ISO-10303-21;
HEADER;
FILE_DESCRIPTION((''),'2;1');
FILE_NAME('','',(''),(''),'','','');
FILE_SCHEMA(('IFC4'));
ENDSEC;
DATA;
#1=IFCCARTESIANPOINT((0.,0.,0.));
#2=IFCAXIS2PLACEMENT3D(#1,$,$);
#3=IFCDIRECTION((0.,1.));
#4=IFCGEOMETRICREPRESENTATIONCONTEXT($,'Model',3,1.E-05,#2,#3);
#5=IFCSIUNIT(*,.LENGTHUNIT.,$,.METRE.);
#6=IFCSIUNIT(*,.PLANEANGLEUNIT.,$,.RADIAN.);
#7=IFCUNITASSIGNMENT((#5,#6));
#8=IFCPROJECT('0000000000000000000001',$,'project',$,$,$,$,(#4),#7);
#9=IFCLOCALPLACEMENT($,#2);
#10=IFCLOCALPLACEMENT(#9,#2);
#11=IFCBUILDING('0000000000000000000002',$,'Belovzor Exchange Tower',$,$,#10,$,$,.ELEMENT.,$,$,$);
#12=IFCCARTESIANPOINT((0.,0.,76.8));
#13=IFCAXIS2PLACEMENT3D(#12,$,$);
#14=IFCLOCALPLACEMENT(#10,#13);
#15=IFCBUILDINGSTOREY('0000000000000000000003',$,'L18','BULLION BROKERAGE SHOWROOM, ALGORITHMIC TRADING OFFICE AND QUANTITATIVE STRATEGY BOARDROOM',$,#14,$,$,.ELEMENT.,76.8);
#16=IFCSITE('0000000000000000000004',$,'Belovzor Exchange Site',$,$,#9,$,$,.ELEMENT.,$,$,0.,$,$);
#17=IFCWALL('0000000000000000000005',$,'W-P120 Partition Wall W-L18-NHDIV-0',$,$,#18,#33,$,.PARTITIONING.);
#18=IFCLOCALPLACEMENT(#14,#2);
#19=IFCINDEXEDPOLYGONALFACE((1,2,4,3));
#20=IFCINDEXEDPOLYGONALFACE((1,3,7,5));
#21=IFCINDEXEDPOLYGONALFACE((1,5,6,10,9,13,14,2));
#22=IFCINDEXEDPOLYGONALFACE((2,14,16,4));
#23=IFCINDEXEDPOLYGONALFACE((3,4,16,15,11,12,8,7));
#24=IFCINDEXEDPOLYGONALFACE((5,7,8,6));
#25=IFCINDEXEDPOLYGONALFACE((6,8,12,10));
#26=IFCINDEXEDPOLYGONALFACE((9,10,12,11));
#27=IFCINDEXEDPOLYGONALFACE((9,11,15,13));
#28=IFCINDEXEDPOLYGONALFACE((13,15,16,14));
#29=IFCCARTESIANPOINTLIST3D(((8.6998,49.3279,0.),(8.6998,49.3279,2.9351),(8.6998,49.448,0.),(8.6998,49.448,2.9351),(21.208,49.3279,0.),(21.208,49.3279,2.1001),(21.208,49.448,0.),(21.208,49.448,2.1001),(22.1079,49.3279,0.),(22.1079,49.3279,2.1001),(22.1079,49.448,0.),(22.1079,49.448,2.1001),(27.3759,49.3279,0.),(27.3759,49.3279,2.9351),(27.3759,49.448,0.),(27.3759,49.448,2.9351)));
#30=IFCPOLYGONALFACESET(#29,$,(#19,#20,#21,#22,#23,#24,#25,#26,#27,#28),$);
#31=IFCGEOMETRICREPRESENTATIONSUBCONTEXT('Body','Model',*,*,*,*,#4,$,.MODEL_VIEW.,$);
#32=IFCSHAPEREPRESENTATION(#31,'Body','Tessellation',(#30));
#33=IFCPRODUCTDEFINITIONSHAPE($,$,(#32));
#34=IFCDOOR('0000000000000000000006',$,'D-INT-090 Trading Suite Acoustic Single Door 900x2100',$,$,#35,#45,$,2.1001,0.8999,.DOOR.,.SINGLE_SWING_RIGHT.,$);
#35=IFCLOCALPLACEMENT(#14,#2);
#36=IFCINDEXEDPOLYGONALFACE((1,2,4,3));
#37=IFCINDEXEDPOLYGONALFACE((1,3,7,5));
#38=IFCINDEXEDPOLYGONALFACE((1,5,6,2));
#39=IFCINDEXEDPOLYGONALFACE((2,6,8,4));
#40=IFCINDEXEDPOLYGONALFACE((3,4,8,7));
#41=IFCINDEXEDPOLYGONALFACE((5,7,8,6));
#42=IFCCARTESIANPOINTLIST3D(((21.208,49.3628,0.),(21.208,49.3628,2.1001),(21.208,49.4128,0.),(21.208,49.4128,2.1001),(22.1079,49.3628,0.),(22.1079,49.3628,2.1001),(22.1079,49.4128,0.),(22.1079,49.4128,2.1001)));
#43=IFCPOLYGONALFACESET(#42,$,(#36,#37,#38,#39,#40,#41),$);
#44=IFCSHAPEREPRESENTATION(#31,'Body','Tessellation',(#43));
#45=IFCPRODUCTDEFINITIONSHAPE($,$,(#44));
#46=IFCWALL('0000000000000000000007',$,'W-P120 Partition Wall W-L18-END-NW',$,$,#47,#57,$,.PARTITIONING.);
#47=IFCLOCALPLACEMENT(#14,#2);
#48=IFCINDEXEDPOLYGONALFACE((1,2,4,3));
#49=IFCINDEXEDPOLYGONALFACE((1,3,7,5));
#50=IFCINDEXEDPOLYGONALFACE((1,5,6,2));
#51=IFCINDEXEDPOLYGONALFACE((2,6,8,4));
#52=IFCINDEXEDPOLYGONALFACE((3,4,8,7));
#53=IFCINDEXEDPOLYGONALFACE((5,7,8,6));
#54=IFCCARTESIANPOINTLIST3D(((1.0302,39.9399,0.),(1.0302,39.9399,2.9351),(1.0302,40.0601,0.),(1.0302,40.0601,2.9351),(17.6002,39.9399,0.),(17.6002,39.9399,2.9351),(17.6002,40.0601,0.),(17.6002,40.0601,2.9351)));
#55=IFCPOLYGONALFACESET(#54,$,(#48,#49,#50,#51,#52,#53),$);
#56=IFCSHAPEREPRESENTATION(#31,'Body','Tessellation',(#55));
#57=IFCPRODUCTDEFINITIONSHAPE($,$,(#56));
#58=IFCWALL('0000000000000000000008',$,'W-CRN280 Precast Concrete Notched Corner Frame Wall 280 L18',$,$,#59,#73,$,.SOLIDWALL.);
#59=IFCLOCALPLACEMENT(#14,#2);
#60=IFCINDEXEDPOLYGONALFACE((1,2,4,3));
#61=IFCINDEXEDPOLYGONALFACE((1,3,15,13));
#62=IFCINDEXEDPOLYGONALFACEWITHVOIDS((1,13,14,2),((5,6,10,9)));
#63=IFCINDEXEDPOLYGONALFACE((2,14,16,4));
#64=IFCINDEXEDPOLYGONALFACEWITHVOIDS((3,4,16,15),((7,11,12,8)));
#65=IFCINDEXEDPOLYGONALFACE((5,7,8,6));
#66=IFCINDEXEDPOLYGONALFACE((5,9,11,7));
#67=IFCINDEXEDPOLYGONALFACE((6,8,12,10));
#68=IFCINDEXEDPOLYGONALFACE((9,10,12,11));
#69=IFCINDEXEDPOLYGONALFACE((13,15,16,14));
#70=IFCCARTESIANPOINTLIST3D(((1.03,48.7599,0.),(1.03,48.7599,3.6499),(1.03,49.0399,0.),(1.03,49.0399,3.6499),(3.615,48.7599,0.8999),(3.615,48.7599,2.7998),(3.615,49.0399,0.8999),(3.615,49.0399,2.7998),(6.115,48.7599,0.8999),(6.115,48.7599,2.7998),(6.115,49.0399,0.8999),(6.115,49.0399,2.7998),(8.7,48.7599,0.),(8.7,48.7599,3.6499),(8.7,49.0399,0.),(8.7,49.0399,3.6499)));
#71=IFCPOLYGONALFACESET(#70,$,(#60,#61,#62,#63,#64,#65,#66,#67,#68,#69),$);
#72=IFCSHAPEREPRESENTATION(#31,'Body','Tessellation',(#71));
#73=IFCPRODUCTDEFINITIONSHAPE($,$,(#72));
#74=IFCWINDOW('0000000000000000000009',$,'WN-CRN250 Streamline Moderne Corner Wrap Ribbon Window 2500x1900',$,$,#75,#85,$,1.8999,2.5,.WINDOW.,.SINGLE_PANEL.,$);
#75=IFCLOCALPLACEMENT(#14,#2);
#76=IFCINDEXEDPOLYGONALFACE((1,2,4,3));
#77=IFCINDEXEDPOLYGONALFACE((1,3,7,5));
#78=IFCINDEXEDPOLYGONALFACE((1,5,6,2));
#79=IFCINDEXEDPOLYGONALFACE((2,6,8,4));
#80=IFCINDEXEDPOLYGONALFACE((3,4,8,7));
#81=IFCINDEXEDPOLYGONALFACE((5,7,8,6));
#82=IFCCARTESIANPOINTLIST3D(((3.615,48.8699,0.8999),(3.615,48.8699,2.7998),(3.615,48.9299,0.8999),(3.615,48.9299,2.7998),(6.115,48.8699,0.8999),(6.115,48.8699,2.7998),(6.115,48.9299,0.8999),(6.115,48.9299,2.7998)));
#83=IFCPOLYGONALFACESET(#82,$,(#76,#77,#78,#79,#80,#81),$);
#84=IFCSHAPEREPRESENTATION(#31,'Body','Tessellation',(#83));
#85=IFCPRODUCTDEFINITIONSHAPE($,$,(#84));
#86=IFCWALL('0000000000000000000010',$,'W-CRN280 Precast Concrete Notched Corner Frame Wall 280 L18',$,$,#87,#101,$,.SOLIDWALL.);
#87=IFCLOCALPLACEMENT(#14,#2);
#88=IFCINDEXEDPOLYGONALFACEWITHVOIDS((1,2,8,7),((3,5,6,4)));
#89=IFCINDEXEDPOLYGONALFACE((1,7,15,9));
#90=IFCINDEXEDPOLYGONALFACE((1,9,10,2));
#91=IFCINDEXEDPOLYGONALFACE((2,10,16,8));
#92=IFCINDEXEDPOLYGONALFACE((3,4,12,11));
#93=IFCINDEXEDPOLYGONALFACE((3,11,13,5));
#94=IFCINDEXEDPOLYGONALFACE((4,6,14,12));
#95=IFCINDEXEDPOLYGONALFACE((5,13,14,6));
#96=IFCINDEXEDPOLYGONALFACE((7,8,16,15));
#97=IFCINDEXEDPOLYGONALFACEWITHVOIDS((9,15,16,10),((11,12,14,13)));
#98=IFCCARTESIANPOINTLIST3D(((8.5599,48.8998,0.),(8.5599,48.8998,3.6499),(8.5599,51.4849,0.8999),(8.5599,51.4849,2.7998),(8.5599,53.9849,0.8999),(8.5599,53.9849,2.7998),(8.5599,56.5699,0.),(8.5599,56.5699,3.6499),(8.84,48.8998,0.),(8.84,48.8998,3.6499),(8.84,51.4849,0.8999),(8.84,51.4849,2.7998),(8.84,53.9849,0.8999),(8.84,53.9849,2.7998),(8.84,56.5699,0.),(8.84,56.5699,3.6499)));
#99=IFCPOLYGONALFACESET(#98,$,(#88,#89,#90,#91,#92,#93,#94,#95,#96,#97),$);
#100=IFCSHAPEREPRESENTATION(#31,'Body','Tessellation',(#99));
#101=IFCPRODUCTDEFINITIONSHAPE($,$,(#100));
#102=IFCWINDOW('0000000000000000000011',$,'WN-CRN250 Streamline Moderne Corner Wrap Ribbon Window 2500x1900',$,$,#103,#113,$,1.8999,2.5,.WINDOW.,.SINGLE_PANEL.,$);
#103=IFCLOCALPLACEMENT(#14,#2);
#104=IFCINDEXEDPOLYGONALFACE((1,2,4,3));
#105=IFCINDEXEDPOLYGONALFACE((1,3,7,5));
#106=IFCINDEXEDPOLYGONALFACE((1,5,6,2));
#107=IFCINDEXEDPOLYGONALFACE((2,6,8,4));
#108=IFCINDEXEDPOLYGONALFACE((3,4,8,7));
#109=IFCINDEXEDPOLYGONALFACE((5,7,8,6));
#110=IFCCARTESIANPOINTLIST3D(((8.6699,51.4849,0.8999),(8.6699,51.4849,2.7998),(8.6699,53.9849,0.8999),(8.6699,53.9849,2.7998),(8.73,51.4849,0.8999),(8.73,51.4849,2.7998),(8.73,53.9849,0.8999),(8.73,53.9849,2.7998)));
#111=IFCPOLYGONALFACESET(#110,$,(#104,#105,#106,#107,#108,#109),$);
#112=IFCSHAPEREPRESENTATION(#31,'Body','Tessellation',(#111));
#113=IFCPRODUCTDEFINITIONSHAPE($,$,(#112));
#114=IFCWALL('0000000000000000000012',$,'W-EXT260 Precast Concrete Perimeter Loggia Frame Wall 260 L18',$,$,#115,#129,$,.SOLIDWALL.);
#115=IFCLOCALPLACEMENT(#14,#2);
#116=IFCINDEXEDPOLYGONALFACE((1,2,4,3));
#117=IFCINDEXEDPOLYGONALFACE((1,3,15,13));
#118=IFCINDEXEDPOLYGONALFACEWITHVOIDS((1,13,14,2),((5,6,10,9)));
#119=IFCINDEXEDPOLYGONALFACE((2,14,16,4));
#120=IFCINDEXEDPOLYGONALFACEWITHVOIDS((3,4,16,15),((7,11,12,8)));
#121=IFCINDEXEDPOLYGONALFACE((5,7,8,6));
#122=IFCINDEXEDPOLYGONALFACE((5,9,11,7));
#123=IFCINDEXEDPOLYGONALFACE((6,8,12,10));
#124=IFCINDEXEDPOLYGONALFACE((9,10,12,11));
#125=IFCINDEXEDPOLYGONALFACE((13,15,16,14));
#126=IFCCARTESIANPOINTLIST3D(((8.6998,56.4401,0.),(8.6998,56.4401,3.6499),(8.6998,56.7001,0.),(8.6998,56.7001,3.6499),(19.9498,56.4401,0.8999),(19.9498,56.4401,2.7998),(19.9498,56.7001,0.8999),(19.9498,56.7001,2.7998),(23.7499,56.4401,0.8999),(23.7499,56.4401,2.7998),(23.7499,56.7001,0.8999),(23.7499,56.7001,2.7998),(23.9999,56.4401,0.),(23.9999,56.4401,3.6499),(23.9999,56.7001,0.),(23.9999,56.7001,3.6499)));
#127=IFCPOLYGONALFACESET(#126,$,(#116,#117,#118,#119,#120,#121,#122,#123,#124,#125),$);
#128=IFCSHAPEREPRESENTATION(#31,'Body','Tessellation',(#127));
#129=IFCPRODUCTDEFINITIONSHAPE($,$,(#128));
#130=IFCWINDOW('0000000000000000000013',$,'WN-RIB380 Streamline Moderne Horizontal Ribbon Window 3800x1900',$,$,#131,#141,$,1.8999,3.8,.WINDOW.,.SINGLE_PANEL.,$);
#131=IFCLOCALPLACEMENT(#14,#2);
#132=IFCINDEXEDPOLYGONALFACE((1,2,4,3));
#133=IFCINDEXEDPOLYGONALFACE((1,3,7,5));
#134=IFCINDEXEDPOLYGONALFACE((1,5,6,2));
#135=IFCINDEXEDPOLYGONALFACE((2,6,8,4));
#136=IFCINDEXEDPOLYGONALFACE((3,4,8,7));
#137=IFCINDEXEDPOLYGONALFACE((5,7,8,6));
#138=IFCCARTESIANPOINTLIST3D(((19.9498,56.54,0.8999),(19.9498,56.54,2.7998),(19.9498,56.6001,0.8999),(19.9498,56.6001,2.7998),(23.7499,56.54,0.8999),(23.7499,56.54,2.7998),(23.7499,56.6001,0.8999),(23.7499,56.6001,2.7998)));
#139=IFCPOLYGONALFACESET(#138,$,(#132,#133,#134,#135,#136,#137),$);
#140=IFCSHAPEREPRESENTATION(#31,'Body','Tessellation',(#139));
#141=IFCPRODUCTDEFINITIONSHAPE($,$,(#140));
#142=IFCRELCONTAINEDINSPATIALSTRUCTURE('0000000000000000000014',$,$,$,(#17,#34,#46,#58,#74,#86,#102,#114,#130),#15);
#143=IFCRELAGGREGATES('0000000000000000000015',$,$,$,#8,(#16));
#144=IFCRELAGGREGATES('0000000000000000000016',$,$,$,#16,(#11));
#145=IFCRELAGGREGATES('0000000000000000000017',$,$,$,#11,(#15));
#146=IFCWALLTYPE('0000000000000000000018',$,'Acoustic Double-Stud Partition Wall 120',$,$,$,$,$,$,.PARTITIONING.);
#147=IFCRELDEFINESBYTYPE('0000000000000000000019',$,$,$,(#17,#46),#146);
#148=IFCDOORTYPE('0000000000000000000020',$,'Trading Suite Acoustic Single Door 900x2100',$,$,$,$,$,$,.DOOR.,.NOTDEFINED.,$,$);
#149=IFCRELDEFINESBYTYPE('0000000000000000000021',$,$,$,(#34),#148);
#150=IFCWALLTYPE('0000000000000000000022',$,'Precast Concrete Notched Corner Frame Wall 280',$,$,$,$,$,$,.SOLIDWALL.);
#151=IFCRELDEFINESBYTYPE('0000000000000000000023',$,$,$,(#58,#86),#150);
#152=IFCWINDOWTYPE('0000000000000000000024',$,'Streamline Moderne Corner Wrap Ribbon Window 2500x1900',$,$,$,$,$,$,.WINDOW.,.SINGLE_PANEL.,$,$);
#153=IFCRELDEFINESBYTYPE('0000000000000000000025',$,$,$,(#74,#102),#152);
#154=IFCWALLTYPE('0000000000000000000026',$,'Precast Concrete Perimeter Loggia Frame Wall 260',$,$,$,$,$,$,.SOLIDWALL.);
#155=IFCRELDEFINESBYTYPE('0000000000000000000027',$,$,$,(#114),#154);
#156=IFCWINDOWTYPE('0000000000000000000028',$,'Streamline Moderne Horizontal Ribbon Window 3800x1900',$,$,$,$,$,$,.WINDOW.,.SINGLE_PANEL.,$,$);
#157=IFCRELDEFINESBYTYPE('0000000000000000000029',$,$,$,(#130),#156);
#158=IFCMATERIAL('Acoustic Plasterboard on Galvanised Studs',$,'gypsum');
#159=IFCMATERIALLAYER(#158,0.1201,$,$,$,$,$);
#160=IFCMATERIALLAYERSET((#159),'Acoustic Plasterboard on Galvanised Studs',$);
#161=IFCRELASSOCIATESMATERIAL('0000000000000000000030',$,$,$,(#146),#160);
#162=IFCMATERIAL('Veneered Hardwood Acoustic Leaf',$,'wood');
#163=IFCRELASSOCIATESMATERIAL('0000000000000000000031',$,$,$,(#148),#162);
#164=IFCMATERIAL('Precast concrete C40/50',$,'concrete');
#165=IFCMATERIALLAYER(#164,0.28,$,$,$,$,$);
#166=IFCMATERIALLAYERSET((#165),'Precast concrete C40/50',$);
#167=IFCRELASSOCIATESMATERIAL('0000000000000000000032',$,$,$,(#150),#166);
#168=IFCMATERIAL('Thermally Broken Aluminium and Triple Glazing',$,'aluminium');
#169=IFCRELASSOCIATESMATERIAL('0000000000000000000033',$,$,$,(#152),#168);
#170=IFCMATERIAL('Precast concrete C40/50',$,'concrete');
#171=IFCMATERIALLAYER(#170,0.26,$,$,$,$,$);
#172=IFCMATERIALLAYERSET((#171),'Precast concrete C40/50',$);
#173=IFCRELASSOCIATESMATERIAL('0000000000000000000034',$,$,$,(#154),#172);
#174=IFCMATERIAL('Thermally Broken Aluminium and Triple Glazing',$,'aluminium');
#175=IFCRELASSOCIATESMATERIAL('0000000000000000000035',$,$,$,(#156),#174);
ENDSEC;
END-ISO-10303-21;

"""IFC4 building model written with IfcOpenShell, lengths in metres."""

from ifc_helpers import new_model, si_unit, direction, frame, frame_2d, origin, place, context, subcontext, project, spatial, rectangle, extrude, material, layer, layer_set, type_object, element, fill, save


model = new_model("IFC4")

# Units and contexts
model_context = context("Model", 3, precision=1e-05, world=origin(), true_north=direction((0.0, 1.0)))
body_context = subcontext(model_context, "Body", "Model", "MODEL_VIEW")
ifc_project = project(units=[si_unit("LENGTHUNIT", "METRE"), si_unit("PLANEANGLEUNIT", "RADIAN")], contexts=[model_context])

# Site, building, storey
site_placement = place(None, origin())
site = spatial("IfcSite", under=ifc_project, at=site_placement, Name="Belovzor Exchange Site", CompositionType="ELEMENT", RefElevation=0.0)
building_placement = place(site_placement, origin())
building = spatial("IfcBuilding", under=site, at=building_placement, Name="Belovzor Exchange Tower", CompositionType="ELEMENT")
storey_placement = place(building_placement, frame((0.0, 0.0, 76.8)))
storey = spatial("IfcBuildingStorey", under=building, at=storey_placement, Name="L18", Description="BULLION BROKERAGE SHOWROOM, ALGORITHMIC TRADING OFFICE AND QUANTITATIVE STRATEGY BOARDROOM", CompositionType="ELEMENT", Elevation=76.8)

# Wall, opening, door
ifc_material_1 = material(Name="Acoustic Plasterboard on Galvanised Studs", Category="gypsum")
ifc_layer_1 = layer(ifc_material_1, 0.1201)
ifc_layer_set_1 = layer_set([ifc_layer_1], Name="Acoustic Plasterboard on Galvanised Studs")
wall_type_1 = type_object("IfcWallType", Name="Acoustic Double-Stud Partition Wall 120", PredefinedType="PARTITIONING", material=ifc_layer_set_1)
wall_1_placement = place(storey_placement, frame((8.7, 49.3879, 0.0), z_axis=(0.0, 0.0, 1.0), x_axis=(1.0, 0.0, 0.0)))
wall_1 = element("IfcWall", 1, at=wall_1_placement, inside=storey, type_object=wall_type_1, Name="W-P120 Partition Wall W-L18-NHDIV-0", PredefinedType="PARTITIONING", context=body_context, shape_type="SweptSolid", body=[
    extrude(rectangle(XDim=18.676, YDim=0.1201, at=frame_2d((9.3379, 0.0))), origin(), (0.0, 0.0, 1.0), 2.9351),
])
opening_1_placement = place(wall_1_placement, frame((12.5081, 0.0, 0.0)))
opening_1 = element("IfcOpeningElement", 2, at=opening_1_placement, cuts=wall_1, PredefinedType="OPENING", context=body_context, shape_type="SweptSolid", body=[
    extrude(rectangle(XDim=0.8999, YDim=2.1001, at=frame_2d((0.45, 1.05))), frame((0.0, 0.0701, 0.0), z_axis=(0.0, -1.0, 0.0), x_axis=(1.0, 0.0, 0.0)), (0.0, 0.0, 1.0), 0.1401),
])
ifc_material_2 = material(Name="Veneered Hardwood Acoustic Leaf", Category="wood")
door_type = type_object("IfcDoorType", Name="Trading Suite Acoustic Single Door 900x2100", OperationType="NOTDEFINED", PredefinedType="DOOR", material=ifc_material_2)
door_placement = place(opening_1_placement, origin())
door = element("IfcDoor", 3, at=door_placement, inside=storey, type_object=door_type, Name="D-INT-090 Trading Suite Acoustic Single Door 900x2100", OperationType="SINGLE_SWING_RIGHT", OverallHeight=2.1001, OverallWidth=0.8999, PredefinedType="DOOR", context=body_context, shape_type="SweptSolid", body=[
    extrude(rectangle(XDim=0.8999, YDim=2.1001, at=frame_2d((0.45, 1.05))), frame((0.0, 0.0249, 0.0), z_axis=(0.0, -1.0, 0.0), x_axis=(1.0, 0.0, 0.0)), (0.0, 0.0, 1.0), 0.05),
])
fill(opening_1, door)

# Wall
wall_2_placement = place(storey_placement, frame((1.03, 40.0, 0.0), z_axis=(0.0, 0.0, 1.0), x_axis=(1.0, 0.0, 0.0)))
element("IfcWall", 4, at=wall_2_placement, inside=storey, type_object=wall_type_1, Name="W-P120 Partition Wall W-L18-END-NW", PredefinedType="PARTITIONING", context=body_context, shape_type="SweptSolid", body=[
    extrude(rectangle(XDim=16.5701, YDim=0.1201, at=frame_2d((8.2852, 0.0))), origin(), (0.0, 0.0, 1.0), 2.9351),
])

# Walls, openings, windows
ifc_material_3 = material(Name="Precast concrete C40/50", Category="concrete")
ifc_layer_2 = layer(ifc_material_3, 0.28)
ifc_layer_set_2 = layer_set([ifc_layer_2], Name="Precast concrete C40/50")
wall_type_2 = type_object("IfcWallType", Name="Precast Concrete Notched Corner Frame Wall 280", PredefinedType="SOLIDWALL", material=ifc_layer_set_2)
wall_3_placement = place(storey_placement, frame((1.03, 48.8999, 0.0), z_axis=(0.0, 0.0, 1.0), x_axis=(1.0, 0.0, 0.0)))
wall_3 = element("IfcWall", 5, at=wall_3_placement, inside=storey, type_object=wall_type_2, Name="W-CRN280 Precast Concrete Notched Corner Frame Wall 280 L18", PredefinedType="SOLIDWALL", context=body_context, shape_type="SweptSolid", body=[
    extrude(rectangle(XDim=7.6699, YDim=0.28, at=frame_2d((3.835, 0.0))), origin(), (0.0, 0.0, 1.0), 3.6499),
])
opening_2_placement = place(wall_3_placement, frame((2.585, 0.0, 0.8999)))
opening_2 = element("IfcOpeningElement", 6, at=opening_2_placement, cuts=wall_3, PredefinedType="OPENING", context=body_context, shape_type="SweptSolid", body=[
    extrude(rectangle(XDim=2.5, YDim=1.8999, at=frame_2d((1.25, 0.95))), frame((0.0, 0.1499, 0.0), z_axis=(0.0, -1.0, 0.0), x_axis=(1.0, 0.0, 0.0)), (0.0, 0.0, 1.0), 0.3),
])
ifc_material_4 = material(Name="Thermally Broken Aluminium and Triple Glazing", Category="aluminium")
window_type_1 = type_object("IfcWindowType", Name="Streamline Moderne Corner Wrap Ribbon Window 2500x1900", PartitioningType="SINGLE_PANEL", PredefinedType="WINDOW", material=ifc_material_4)
window_1_placement = place(opening_2_placement, origin())
window_1 = element("IfcWindow", 7, at=window_1_placement, inside=storey, type_object=window_type_1, Name="WN-CRN250 Streamline Moderne Corner Wrap Ribbon Window 2500x1900", OverallHeight=1.8999, OverallWidth=2.5, PartitioningType="SINGLE_PANEL", PredefinedType="WINDOW", context=body_context, shape_type="SweptSolid", body=[
    extrude(rectangle(XDim=2.5, YDim=1.8999, at=frame_2d((1.25, 0.95))), frame((0.0, 0.03, 0.0), z_axis=(0.0, -1.0, 0.0), x_axis=(1.0, 0.0, 0.0)), (0.0, 0.0, 1.0), 0.0601),
])
fill(opening_2, window_1)
wall_4_placement = place(storey_placement, frame((8.7, 48.8999, 0.0), z_axis=(0.0, 0.0, 1.0), x_axis=(0.0, 1.0, 0.0)))
wall_4 = element("IfcWall", 8, at=wall_4_placement, inside=storey, type_object=wall_type_2, Name="W-CRN280 Precast Concrete Notched Corner Frame Wall 280 L18", PredefinedType="SOLIDWALL", context=body_context, shape_type="SweptSolid", body=[
    extrude(rectangle(XDim=7.6702, YDim=0.28, at=frame_2d((3.835, 0.0))), origin(), (0.0, 0.0, 1.0), 3.6499),
])
opening_3_placement = place(wall_4_placement, frame((2.585, 0.0, 0.8999)))
opening_3 = element("IfcOpeningElement", 9, at=opening_3_placement, cuts=wall_4, PredefinedType="OPENING", context=body_context, shape_type="SweptSolid", body=[
    extrude(rectangle(XDim=2.5, YDim=1.8999, at=frame_2d((1.25, 0.95))), frame((0.0, 0.1499, 0.0), z_axis=(0.0, -1.0, 0.0), x_axis=(1.0, 0.0, 0.0)), (0.0, 0.0, 1.0), 0.3),
])
window_2_placement = place(opening_3_placement, origin())
window_2 = element("IfcWindow", 10, at=window_2_placement, inside=storey, type_object=window_type_1, Name="WN-CRN250 Streamline Moderne Corner Wrap Ribbon Window 2500x1900", OverallHeight=1.8999, OverallWidth=2.5, PartitioningType="SINGLE_PANEL", PredefinedType="WINDOW", context=body_context, shape_type="SweptSolid", body=[
    extrude(rectangle(XDim=2.5, YDim=1.8999, at=frame_2d((1.25, 0.95))), frame((0.0, 0.03, 0.0), z_axis=(0.0, -1.0, 0.0), x_axis=(1.0, 0.0, 0.0)), (0.0, 0.0, 1.0), 0.0601),
])
fill(opening_3, window_2)
ifc_material_5 = material(Name="Precast concrete C40/50", Category="concrete")
ifc_layer_3 = layer(ifc_material_5, 0.26)
ifc_layer_set_3 = layer_set([ifc_layer_3], Name="Precast concrete C40/50")
wall_type_3 = type_object("IfcWallType", Name="Precast Concrete Perimeter Loggia Frame Wall 260", PredefinedType="SOLIDWALL", material=ifc_layer_set_3)
wall_5_placement = place(storey_placement, frame((8.7, 56.5701, 0.0), z_axis=(0.0, 0.0, 1.0), x_axis=(1.0, 0.0, 0.0)))
wall_5 = element("IfcWall", 11, at=wall_5_placement, inside=storey, type_object=wall_type_3, Name="W-EXT260 Precast Concrete Perimeter Loggia Frame Wall 260 L18", PredefinedType="SOLIDWALL", context=body_context, shape_type="SweptSolid", body=[
    extrude(rectangle(XDim=15.3, YDim=0.26, at=frame_2d((7.6499, 0.0))), origin(), (0.0, 0.0, 1.0), 3.6499),
])
opening_4_placement = place(wall_5_placement, frame((11.25, 0.0, 0.8999)))
opening_4 = element("IfcOpeningElement", 12, at=opening_4_placement, cuts=wall_5, PredefinedType="OPENING", context=body_context, shape_type="SweptSolid", body=[
    extrude(rectangle(XDim=3.8, YDim=1.8999, at=frame_2d((1.8999, 0.95))), frame((0.0, 0.1399, 0.0), z_axis=(0.0, -1.0, 0.0), x_axis=(1.0, 0.0, 0.0)), (0.0, 0.0, 1.0), 0.28),
])
ifc_material_6 = material(Name="Thermally Broken Aluminium and Triple Glazing", Category="aluminium")
window_type_2 = type_object("IfcWindowType", Name="Streamline Moderne Horizontal Ribbon Window 3800x1900", PartitioningType="SINGLE_PANEL", PredefinedType="WINDOW", material=ifc_material_6)
window_3_placement = place(opening_4_placement, origin())
window_3 = element("IfcWindow", 13, at=window_3_placement, inside=storey, type_object=window_type_2, Name="WN-RIB380 Streamline Moderne Horizontal Ribbon Window 3800x1900", OverallHeight=1.8999, OverallWidth=3.8, PartitioningType="SINGLE_PANEL", PredefinedType="WINDOW", context=body_context, shape_type="SweptSolid", body=[
    extrude(rectangle(XDim=3.8, YDim=1.8999, at=frame_2d((1.8999, 0.95))), frame((0.0, 0.03, 0.0), z_axis=(0.0, -1.0, 0.0), x_axis=(1.0, 0.0, 0.0)), (0.0, 0.0, 1.0), 0.0601),
])
fill(opening_4, window_3)

save(model, "model.ifc")
